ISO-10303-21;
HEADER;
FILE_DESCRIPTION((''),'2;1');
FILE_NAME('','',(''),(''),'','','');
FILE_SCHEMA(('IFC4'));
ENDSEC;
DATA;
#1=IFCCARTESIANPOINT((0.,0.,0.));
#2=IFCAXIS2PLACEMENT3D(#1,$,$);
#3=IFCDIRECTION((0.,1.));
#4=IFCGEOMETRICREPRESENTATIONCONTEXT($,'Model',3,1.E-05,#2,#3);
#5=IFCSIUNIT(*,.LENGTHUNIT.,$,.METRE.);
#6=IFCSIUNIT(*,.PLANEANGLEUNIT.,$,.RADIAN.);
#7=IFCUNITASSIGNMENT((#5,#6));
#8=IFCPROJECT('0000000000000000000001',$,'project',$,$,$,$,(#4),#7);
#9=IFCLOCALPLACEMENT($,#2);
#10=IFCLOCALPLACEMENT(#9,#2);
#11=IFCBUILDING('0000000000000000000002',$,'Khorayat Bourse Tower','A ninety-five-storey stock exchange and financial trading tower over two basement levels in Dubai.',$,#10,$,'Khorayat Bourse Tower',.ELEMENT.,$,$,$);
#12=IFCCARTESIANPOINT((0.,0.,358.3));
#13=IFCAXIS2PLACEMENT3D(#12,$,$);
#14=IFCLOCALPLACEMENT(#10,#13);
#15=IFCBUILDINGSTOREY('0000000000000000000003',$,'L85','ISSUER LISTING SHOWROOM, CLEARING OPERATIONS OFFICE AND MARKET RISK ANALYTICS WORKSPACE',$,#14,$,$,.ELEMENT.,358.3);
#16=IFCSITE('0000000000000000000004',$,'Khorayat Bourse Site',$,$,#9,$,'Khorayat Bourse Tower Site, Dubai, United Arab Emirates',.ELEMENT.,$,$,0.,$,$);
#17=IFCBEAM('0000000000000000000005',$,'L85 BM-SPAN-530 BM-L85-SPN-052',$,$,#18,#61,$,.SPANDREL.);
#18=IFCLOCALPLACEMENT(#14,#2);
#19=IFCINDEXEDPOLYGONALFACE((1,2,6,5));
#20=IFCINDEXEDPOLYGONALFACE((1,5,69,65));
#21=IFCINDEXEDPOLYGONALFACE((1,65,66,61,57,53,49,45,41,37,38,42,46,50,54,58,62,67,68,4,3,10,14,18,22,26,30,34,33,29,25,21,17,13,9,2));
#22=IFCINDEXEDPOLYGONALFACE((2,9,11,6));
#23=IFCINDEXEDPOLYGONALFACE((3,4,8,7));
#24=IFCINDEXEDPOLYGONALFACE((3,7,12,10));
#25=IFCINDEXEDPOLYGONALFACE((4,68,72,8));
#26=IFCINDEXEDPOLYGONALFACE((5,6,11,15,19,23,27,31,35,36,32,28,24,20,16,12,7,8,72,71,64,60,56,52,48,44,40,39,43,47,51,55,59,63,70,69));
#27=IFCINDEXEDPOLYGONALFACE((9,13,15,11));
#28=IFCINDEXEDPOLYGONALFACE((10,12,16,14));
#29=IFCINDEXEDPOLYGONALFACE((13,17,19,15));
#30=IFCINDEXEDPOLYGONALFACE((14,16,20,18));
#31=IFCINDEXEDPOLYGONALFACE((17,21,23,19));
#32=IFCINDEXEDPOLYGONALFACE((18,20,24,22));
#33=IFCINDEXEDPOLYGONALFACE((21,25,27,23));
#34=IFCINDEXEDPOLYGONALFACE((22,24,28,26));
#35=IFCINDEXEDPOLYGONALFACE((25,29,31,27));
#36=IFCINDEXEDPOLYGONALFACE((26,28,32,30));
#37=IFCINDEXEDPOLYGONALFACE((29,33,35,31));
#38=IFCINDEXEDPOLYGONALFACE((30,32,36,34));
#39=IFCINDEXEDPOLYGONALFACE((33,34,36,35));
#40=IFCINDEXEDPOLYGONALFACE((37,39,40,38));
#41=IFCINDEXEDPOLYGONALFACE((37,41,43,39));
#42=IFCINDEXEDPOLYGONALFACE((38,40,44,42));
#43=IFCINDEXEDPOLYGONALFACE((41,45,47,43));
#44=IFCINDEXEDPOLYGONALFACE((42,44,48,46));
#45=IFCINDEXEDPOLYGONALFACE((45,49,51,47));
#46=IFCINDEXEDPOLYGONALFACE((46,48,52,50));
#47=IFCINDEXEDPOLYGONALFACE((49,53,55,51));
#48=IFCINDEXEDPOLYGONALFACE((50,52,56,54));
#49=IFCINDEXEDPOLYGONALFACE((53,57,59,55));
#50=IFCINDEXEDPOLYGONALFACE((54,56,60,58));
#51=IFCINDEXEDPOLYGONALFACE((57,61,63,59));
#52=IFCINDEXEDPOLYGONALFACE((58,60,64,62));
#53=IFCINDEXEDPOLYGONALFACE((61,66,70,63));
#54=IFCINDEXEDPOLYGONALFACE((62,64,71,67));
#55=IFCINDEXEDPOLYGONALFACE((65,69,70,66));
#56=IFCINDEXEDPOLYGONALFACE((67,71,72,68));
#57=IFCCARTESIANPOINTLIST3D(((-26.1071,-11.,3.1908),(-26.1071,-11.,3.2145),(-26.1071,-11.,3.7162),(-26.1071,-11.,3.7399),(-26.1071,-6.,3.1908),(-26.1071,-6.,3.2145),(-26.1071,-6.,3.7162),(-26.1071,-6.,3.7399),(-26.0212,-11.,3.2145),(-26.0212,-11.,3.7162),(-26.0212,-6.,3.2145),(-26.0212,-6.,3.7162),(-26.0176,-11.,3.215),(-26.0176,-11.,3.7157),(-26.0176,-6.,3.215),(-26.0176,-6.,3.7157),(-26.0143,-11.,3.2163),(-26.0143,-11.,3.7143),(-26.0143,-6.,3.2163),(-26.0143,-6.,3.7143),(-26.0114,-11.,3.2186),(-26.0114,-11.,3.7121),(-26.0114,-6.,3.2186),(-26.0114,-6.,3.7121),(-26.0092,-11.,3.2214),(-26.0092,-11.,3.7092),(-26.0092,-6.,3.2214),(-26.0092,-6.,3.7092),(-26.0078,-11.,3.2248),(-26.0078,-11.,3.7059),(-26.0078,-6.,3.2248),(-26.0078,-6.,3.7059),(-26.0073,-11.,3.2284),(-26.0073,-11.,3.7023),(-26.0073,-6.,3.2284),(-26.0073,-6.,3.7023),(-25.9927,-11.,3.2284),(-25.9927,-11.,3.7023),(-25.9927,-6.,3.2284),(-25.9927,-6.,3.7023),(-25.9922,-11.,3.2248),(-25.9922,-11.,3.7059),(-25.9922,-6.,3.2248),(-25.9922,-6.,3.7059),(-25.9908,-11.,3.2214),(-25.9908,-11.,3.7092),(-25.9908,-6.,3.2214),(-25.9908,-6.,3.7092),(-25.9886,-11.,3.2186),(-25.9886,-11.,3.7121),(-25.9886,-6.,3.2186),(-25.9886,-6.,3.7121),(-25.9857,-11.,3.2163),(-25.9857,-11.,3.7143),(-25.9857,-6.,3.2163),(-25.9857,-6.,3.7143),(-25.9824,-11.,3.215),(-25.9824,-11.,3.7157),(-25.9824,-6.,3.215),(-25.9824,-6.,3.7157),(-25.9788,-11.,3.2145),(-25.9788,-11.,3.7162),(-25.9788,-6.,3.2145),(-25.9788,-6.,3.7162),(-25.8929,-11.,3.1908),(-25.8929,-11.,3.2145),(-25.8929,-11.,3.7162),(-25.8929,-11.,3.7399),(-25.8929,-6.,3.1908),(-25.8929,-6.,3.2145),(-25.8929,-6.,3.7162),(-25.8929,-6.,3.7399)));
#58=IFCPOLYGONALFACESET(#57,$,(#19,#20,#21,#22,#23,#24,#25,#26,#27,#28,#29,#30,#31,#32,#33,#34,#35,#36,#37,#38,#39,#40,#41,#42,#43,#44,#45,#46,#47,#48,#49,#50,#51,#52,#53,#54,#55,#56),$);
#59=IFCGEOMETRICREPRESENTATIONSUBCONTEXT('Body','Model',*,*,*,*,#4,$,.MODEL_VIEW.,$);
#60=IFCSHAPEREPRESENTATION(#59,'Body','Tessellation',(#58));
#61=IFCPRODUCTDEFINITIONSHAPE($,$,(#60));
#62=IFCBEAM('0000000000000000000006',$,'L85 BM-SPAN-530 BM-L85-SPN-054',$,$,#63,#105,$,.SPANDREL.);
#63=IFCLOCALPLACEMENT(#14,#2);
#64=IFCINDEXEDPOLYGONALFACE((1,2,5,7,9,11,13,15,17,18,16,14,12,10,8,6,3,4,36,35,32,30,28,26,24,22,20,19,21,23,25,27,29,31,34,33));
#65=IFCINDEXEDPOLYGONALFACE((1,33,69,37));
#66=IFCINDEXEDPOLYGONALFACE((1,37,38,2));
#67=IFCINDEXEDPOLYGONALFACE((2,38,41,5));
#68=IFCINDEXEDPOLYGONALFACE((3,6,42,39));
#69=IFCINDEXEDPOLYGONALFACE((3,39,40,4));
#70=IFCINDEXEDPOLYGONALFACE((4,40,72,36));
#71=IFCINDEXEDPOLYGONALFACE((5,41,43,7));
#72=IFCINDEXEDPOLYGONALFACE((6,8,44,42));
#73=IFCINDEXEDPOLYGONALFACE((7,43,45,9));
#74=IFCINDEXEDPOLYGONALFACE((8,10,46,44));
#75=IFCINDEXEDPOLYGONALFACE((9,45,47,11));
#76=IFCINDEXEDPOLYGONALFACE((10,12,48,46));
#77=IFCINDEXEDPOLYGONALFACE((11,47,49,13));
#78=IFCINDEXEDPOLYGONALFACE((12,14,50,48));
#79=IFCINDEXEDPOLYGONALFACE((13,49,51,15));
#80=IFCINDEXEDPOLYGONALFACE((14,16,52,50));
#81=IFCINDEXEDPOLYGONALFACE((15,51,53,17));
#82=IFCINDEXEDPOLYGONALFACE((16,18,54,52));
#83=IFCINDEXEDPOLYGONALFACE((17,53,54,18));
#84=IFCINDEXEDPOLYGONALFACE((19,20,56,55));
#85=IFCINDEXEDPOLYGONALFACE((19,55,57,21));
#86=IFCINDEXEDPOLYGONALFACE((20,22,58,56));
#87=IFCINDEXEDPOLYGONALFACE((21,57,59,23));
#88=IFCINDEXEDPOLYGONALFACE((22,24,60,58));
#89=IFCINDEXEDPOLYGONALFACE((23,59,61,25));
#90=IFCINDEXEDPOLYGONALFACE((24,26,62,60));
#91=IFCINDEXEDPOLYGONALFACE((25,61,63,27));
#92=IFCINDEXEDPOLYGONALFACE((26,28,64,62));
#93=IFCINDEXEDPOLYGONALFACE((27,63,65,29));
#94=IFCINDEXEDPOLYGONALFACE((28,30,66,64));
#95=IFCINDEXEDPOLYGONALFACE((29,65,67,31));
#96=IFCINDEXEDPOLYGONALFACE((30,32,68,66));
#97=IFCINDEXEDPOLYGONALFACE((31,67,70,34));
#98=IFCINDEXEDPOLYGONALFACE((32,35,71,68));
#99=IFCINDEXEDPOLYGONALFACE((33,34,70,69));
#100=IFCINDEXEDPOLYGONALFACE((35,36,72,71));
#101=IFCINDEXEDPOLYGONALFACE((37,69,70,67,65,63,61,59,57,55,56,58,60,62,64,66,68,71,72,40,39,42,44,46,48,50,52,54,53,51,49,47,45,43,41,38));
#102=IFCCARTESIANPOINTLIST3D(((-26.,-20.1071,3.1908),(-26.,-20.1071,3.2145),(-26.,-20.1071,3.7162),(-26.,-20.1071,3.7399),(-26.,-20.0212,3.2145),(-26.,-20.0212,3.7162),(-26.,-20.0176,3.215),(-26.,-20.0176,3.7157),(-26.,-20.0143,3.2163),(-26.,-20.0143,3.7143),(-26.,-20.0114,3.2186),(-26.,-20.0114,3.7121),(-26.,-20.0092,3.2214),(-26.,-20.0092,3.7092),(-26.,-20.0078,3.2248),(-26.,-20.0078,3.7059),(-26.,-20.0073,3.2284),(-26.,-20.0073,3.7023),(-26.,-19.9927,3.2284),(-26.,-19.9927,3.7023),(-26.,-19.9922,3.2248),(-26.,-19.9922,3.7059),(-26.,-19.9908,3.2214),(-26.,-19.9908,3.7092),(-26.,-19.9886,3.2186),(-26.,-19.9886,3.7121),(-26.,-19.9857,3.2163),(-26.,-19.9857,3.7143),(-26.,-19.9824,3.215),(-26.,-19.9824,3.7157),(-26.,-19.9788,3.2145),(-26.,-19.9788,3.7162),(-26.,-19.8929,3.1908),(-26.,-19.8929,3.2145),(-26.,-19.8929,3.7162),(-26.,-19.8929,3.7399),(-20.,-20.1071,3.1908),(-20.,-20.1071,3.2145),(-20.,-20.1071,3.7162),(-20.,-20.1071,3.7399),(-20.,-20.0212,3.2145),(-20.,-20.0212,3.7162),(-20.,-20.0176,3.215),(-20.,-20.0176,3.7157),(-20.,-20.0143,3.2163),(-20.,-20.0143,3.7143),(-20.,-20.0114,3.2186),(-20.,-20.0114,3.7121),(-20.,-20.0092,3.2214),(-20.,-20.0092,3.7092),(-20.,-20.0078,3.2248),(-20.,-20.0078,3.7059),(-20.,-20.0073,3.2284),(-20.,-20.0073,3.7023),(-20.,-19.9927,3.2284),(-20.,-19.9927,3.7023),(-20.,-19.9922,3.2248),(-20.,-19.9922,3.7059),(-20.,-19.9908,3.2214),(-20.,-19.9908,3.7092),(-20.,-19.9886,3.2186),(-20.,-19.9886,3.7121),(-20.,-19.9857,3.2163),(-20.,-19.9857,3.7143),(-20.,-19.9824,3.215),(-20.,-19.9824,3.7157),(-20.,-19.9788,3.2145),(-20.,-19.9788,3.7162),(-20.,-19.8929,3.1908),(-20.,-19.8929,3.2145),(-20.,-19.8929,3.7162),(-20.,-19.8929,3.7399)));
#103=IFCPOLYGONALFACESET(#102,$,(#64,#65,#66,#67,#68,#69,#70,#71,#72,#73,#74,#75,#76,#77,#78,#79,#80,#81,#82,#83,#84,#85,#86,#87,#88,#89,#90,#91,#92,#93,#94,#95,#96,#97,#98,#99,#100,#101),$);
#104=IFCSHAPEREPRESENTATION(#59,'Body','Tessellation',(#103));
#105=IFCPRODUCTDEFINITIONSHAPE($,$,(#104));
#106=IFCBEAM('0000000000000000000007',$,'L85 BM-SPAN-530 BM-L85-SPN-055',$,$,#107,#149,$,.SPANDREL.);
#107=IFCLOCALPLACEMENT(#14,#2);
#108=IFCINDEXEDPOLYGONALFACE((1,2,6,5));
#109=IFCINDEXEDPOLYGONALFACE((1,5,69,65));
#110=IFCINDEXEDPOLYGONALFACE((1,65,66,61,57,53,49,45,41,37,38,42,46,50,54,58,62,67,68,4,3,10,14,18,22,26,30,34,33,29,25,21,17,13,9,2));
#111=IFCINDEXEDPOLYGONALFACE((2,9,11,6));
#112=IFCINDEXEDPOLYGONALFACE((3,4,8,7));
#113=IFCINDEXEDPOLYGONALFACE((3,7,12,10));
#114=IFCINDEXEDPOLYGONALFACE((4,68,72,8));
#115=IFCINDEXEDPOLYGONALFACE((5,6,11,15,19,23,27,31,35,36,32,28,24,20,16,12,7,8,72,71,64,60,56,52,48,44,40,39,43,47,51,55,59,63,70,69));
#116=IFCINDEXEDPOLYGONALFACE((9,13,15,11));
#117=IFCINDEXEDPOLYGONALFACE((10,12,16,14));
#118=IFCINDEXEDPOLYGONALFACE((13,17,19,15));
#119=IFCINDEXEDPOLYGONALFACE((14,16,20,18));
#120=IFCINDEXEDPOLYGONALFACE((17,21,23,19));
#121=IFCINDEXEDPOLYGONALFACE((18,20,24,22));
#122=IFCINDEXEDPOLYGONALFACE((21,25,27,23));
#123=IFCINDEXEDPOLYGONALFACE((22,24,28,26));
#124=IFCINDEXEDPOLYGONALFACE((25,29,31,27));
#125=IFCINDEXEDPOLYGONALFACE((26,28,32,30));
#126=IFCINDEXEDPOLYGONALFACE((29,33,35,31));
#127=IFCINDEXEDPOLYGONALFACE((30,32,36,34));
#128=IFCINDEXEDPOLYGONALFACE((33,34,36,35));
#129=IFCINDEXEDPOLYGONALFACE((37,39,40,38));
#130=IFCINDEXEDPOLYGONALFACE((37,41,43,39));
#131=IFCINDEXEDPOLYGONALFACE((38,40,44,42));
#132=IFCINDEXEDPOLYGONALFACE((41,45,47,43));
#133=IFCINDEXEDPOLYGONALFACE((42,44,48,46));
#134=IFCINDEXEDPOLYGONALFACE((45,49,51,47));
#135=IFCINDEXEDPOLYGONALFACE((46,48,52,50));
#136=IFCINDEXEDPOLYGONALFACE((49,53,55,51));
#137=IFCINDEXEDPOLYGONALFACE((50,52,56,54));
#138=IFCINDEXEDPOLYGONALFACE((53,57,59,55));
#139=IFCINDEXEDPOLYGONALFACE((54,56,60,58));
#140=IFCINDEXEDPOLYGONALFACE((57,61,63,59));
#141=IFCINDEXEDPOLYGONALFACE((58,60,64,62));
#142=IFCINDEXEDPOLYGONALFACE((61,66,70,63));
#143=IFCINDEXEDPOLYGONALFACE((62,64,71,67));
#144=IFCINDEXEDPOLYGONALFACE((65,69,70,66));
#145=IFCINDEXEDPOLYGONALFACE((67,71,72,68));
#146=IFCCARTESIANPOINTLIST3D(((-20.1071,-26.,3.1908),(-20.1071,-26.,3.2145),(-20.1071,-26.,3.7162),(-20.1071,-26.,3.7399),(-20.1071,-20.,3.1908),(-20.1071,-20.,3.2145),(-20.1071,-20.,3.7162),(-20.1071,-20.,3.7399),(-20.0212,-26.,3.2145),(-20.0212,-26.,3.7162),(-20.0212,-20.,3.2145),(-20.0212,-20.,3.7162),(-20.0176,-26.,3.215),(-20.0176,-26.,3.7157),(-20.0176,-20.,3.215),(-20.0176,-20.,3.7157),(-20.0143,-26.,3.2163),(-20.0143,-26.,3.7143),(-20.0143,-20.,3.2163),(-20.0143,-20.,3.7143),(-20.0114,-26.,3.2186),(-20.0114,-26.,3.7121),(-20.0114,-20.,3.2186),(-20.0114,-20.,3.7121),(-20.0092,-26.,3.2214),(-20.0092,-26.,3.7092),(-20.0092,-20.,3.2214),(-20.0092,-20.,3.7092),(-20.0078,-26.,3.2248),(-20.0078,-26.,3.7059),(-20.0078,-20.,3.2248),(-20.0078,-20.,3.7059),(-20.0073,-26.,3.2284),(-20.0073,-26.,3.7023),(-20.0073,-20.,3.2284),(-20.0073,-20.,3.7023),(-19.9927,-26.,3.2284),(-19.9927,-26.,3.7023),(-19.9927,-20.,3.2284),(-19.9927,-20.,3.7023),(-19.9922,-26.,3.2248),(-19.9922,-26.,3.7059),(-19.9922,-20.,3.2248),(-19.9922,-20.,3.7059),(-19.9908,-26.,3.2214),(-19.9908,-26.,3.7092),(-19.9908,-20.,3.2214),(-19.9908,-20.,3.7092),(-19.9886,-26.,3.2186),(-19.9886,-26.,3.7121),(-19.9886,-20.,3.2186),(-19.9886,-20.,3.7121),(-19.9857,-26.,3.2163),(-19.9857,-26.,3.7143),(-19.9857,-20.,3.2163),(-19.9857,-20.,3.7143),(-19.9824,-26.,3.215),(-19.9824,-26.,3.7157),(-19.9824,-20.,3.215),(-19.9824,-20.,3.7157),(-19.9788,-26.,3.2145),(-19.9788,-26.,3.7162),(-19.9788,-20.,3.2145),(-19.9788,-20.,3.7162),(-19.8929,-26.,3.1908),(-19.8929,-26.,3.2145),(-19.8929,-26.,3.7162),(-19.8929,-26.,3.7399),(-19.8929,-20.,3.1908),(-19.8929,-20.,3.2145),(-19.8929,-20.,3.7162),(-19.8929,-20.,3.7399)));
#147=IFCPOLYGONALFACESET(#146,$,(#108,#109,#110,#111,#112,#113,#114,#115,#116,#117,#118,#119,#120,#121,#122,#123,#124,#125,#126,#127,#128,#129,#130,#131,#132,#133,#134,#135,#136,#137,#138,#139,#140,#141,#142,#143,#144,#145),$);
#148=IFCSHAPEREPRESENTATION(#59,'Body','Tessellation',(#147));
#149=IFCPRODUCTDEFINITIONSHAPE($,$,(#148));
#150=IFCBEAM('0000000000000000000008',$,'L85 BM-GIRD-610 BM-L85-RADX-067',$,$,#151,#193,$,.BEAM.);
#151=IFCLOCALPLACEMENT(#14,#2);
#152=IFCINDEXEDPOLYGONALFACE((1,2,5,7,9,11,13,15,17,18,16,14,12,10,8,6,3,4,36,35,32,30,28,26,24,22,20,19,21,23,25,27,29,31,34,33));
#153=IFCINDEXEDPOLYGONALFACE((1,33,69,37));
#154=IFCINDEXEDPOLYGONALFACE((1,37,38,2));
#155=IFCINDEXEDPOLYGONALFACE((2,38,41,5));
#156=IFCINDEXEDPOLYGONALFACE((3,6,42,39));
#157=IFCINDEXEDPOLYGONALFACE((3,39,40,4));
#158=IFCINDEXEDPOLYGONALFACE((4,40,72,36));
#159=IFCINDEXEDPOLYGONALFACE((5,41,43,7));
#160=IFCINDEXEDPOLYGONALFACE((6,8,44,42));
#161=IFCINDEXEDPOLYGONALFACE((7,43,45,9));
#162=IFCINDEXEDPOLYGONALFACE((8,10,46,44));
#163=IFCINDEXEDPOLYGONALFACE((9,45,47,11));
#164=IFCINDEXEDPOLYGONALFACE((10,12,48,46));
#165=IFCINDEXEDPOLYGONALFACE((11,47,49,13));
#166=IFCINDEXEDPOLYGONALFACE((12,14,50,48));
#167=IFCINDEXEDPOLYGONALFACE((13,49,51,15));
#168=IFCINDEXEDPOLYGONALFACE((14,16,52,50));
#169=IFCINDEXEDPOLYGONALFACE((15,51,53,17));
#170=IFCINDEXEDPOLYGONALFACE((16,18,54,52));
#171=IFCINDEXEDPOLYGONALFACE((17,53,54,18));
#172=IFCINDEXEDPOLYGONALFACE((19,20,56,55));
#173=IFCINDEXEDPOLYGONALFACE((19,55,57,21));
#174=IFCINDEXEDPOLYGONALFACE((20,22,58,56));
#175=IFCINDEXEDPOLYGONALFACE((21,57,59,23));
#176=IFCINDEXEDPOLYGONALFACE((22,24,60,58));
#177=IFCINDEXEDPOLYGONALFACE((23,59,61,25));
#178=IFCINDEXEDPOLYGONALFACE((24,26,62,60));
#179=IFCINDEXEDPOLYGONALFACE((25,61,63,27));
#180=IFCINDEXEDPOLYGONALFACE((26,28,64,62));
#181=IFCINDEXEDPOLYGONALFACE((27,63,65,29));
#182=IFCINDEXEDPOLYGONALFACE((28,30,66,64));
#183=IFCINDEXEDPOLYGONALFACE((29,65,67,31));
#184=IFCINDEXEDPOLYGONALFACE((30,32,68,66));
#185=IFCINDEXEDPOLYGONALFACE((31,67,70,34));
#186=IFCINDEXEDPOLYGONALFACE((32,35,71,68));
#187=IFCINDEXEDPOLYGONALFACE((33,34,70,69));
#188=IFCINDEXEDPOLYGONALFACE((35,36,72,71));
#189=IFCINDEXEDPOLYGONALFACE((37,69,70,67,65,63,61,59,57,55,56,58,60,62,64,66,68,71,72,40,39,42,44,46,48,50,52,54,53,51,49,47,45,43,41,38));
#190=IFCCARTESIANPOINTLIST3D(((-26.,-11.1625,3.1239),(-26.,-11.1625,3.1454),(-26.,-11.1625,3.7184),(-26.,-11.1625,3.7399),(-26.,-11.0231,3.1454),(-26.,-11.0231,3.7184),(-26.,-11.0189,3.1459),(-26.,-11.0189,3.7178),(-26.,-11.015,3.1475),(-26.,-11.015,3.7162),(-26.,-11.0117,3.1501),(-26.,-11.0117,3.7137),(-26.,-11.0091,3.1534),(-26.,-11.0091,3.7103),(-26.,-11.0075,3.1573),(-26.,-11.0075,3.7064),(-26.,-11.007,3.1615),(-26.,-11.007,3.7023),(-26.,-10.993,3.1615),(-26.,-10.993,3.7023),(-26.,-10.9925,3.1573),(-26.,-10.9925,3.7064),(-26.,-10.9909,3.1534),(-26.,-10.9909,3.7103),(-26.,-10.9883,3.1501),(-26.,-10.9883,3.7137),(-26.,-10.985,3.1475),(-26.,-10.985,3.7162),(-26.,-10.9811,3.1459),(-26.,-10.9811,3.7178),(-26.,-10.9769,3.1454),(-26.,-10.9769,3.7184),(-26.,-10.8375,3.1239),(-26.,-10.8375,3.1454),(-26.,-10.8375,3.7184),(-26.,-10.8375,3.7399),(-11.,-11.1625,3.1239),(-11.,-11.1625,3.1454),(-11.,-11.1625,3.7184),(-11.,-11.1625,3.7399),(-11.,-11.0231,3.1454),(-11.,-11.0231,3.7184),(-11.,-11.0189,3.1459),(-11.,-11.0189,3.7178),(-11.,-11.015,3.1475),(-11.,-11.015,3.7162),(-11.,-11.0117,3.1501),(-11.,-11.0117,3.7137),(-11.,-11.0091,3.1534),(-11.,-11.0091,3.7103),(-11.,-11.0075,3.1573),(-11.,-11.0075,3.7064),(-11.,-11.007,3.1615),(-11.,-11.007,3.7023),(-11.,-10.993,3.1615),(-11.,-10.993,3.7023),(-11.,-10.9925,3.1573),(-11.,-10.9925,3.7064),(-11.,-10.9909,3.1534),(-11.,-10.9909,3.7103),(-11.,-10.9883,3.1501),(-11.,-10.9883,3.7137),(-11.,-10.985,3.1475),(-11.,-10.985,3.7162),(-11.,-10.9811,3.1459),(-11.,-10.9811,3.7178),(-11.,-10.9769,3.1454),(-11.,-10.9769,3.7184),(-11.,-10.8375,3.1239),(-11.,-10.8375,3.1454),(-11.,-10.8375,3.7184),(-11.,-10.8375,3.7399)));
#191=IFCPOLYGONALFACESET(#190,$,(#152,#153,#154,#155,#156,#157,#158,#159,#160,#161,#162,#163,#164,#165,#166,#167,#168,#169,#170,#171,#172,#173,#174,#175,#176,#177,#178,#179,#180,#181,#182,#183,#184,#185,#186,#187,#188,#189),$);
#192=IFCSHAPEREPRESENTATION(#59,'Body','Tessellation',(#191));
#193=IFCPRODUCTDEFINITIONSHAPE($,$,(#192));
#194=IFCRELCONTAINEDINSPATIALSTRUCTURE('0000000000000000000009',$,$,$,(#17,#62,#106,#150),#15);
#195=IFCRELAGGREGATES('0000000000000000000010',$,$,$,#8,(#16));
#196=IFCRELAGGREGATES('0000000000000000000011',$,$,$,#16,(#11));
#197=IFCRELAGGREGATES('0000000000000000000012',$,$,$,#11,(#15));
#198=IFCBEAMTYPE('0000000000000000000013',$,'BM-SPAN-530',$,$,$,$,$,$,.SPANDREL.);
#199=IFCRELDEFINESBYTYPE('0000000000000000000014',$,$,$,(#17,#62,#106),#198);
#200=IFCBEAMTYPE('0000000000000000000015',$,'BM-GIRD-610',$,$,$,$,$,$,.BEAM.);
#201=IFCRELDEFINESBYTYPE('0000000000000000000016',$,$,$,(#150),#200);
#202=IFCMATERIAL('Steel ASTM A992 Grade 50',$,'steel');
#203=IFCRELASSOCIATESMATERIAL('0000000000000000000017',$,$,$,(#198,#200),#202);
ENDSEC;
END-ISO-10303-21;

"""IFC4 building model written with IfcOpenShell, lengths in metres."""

from ifc_helpers import new_model, si_unit, direction, frame, origin, origin_2d, place, context, subcontext, project, spatial, i_section, extrude, source, transform, mapped, material, material_profile, profile_set, type_object, element, save


model = new_model("IFC4")

# Units and contexts
model_context = context("Model", 3, precision=1e-05, world=origin(), true_north=direction((0.0, 1.0)))
body_context = subcontext(model_context, "Body", "Model", "MODEL_VIEW")
ifc_project = project(units=[si_unit("LENGTHUNIT", "METRE"), si_unit("PLANEANGLEUNIT", "RADIAN")], contexts=[model_context])

# Site, building, storey
site_placement = place(None, origin())
site = spatial("IfcSite", under=ifc_project, at=site_placement, Name="Khorayat Bourse Site", LongName="Khorayat Bourse Tower Site, Dubai, United Arab Emirates", CompositionType="ELEMENT", RefElevation=0.0)
building_placement = place(site_placement, origin())
building = spatial("IfcBuilding", under=site, at=building_placement, Name="Khorayat Bourse Tower", Description="A ninety-five-storey stock exchange and financial trading tower over two basement levels in Dubai.", LongName="Khorayat Bourse Tower", CompositionType="ELEMENT")
storey_placement = place(building_placement, frame((0.0, 0.0, 358.3)))
storey = spatial("IfcBuildingStorey", under=building, at=storey_placement, Name="L85", Description="ISSUER LISTING SHOWROOM, CLEARING OPERATIONS OFFICE AND MARKET RISK ANALYTICS WORKSPACE", CompositionType="ELEMENT", Elevation=358.3)

# Beams
ifc_material_1 = material(Name="Steel ASTM A992 Grade 50", Category="steel")
ifc_material_profile_1 = material_profile(ifc_material_1, i_section(OverallWidth=0.2141, OverallDepth=0.5491, WebThickness=0.0146, FlangeThickness=0.0237, FilletRadius=0.0139, at=origin_2d()), Name="W530X138")
ifc_profile_set_1 = profile_set([ifc_material_profile_1], Name="Steel ASTM A992 Grade 50")
beam_type_1 = type_object("IfcBeamType", Name="BM-SPAN-530", PredefinedType="SPANDREL", material=ifc_profile_set_1)
shared_shape_1 = source(origin(), body_context, "Body", "SweptSolid", [
    extrude(i_section(OverallWidth=0.2141, OverallDepth=0.5491, WebThickness=0.0146, FlangeThickness=0.0237, FilletRadius=0.0139, at=origin_2d()), origin(), (0.0, 0.0, 1.0), 5.0),
])
beam_1_placement = place(storey_placement, frame((-26.0, -11.0, 3.4653), z_axis=(0.0, 1.0, 0.0), x_axis=(-1.0, 0.0, 0.0)))
element("IfcBeam", 1, at=beam_1_placement, inside=storey, type_object=beam_type_1, Name="L85 BM-SPAN-530 BM-L85-SPN-052", PredefinedType="SPANDREL", context=body_context, shape_type="MappedRepresentation", body=[
    mapped(shared_shape_1, transform((0.0, 0.0, 0.0), scale=1.0)),
])
shared_shape_2 = source(origin(), body_context, "Body", "SweptSolid", [
    extrude(i_section(OverallWidth=0.2141, OverallDepth=0.5491, WebThickness=0.0146, FlangeThickness=0.0237, FilletRadius=0.0139, at=origin_2d()), origin(), (0.0, 0.0, 1.0), 6.0),
])
for number, where, z_axis, x_axis, name in (
    (2, (-26.0, -20.0, 3.4653), (1.0, 0.0, 0.0), (0.0, 1.0, 0.0), "L85 BM-SPAN-530 BM-L85-SPN-054"),
    (3, (-20.0, -26.0, 3.4653), (0.0, 1.0, 0.0), (-1.0, 0.0, 0.0), "L85 BM-SPAN-530 BM-L85-SPN-055"),
):
    element("IfcBeam", number, at=place(storey_placement, frame(where, z_axis=z_axis, x_axis=x_axis)), inside=storey, type_object=beam_type_1, Name=name, PredefinedType="SPANDREL", context=body_context, shape_type="MappedRepresentation", body=[
        mapped(shared_shape_2, transform((0.0, 0.0, 0.0), scale=1.0)),
    ])
ifc_material_profile_2 = material_profile(ifc_material_1, i_section(OverallWidth=0.325, OverallDepth=0.616, WebThickness=0.0139, FlangeThickness=0.0215, FilletRadius=0.0161, at=origin_2d()), Name="W610X174")
ifc_profile_set_2 = profile_set([ifc_material_profile_2], Name="Steel ASTM A992 Grade 50")
beam_type_2 = type_object("IfcBeamType", Name="BM-GIRD-610", PredefinedType="BEAM", material=ifc_profile_set_2)
shared_shape_3 = source(origin(), body_context, "Body", "SweptSolid", [
    extrude(i_section(OverallWidth=0.325, OverallDepth=0.616, WebThickness=0.0139, FlangeThickness=0.0215, FilletRadius=0.0161, at=origin_2d()), origin(), (0.0, 0.0, 1.0), 15.0),
])
beam_2_placement = place(storey_placement, frame((-26.0, -11.0, 3.4319), z_axis=(1.0, 0.0, 0.0), x_axis=(0.0, 1.0, 0.0)))
element("IfcBeam", 4, at=beam_2_placement, inside=storey, type_object=beam_type_2, Name="L85 BM-GIRD-610 BM-L85-RADX-067", PredefinedType="BEAM", context=body_context, shape_type="MappedRepresentation", body=[
    mapped(shared_shape_3, transform((0.0, 0.0, 0.0), scale=1.0)),
])

save(model, "model.ifc")
